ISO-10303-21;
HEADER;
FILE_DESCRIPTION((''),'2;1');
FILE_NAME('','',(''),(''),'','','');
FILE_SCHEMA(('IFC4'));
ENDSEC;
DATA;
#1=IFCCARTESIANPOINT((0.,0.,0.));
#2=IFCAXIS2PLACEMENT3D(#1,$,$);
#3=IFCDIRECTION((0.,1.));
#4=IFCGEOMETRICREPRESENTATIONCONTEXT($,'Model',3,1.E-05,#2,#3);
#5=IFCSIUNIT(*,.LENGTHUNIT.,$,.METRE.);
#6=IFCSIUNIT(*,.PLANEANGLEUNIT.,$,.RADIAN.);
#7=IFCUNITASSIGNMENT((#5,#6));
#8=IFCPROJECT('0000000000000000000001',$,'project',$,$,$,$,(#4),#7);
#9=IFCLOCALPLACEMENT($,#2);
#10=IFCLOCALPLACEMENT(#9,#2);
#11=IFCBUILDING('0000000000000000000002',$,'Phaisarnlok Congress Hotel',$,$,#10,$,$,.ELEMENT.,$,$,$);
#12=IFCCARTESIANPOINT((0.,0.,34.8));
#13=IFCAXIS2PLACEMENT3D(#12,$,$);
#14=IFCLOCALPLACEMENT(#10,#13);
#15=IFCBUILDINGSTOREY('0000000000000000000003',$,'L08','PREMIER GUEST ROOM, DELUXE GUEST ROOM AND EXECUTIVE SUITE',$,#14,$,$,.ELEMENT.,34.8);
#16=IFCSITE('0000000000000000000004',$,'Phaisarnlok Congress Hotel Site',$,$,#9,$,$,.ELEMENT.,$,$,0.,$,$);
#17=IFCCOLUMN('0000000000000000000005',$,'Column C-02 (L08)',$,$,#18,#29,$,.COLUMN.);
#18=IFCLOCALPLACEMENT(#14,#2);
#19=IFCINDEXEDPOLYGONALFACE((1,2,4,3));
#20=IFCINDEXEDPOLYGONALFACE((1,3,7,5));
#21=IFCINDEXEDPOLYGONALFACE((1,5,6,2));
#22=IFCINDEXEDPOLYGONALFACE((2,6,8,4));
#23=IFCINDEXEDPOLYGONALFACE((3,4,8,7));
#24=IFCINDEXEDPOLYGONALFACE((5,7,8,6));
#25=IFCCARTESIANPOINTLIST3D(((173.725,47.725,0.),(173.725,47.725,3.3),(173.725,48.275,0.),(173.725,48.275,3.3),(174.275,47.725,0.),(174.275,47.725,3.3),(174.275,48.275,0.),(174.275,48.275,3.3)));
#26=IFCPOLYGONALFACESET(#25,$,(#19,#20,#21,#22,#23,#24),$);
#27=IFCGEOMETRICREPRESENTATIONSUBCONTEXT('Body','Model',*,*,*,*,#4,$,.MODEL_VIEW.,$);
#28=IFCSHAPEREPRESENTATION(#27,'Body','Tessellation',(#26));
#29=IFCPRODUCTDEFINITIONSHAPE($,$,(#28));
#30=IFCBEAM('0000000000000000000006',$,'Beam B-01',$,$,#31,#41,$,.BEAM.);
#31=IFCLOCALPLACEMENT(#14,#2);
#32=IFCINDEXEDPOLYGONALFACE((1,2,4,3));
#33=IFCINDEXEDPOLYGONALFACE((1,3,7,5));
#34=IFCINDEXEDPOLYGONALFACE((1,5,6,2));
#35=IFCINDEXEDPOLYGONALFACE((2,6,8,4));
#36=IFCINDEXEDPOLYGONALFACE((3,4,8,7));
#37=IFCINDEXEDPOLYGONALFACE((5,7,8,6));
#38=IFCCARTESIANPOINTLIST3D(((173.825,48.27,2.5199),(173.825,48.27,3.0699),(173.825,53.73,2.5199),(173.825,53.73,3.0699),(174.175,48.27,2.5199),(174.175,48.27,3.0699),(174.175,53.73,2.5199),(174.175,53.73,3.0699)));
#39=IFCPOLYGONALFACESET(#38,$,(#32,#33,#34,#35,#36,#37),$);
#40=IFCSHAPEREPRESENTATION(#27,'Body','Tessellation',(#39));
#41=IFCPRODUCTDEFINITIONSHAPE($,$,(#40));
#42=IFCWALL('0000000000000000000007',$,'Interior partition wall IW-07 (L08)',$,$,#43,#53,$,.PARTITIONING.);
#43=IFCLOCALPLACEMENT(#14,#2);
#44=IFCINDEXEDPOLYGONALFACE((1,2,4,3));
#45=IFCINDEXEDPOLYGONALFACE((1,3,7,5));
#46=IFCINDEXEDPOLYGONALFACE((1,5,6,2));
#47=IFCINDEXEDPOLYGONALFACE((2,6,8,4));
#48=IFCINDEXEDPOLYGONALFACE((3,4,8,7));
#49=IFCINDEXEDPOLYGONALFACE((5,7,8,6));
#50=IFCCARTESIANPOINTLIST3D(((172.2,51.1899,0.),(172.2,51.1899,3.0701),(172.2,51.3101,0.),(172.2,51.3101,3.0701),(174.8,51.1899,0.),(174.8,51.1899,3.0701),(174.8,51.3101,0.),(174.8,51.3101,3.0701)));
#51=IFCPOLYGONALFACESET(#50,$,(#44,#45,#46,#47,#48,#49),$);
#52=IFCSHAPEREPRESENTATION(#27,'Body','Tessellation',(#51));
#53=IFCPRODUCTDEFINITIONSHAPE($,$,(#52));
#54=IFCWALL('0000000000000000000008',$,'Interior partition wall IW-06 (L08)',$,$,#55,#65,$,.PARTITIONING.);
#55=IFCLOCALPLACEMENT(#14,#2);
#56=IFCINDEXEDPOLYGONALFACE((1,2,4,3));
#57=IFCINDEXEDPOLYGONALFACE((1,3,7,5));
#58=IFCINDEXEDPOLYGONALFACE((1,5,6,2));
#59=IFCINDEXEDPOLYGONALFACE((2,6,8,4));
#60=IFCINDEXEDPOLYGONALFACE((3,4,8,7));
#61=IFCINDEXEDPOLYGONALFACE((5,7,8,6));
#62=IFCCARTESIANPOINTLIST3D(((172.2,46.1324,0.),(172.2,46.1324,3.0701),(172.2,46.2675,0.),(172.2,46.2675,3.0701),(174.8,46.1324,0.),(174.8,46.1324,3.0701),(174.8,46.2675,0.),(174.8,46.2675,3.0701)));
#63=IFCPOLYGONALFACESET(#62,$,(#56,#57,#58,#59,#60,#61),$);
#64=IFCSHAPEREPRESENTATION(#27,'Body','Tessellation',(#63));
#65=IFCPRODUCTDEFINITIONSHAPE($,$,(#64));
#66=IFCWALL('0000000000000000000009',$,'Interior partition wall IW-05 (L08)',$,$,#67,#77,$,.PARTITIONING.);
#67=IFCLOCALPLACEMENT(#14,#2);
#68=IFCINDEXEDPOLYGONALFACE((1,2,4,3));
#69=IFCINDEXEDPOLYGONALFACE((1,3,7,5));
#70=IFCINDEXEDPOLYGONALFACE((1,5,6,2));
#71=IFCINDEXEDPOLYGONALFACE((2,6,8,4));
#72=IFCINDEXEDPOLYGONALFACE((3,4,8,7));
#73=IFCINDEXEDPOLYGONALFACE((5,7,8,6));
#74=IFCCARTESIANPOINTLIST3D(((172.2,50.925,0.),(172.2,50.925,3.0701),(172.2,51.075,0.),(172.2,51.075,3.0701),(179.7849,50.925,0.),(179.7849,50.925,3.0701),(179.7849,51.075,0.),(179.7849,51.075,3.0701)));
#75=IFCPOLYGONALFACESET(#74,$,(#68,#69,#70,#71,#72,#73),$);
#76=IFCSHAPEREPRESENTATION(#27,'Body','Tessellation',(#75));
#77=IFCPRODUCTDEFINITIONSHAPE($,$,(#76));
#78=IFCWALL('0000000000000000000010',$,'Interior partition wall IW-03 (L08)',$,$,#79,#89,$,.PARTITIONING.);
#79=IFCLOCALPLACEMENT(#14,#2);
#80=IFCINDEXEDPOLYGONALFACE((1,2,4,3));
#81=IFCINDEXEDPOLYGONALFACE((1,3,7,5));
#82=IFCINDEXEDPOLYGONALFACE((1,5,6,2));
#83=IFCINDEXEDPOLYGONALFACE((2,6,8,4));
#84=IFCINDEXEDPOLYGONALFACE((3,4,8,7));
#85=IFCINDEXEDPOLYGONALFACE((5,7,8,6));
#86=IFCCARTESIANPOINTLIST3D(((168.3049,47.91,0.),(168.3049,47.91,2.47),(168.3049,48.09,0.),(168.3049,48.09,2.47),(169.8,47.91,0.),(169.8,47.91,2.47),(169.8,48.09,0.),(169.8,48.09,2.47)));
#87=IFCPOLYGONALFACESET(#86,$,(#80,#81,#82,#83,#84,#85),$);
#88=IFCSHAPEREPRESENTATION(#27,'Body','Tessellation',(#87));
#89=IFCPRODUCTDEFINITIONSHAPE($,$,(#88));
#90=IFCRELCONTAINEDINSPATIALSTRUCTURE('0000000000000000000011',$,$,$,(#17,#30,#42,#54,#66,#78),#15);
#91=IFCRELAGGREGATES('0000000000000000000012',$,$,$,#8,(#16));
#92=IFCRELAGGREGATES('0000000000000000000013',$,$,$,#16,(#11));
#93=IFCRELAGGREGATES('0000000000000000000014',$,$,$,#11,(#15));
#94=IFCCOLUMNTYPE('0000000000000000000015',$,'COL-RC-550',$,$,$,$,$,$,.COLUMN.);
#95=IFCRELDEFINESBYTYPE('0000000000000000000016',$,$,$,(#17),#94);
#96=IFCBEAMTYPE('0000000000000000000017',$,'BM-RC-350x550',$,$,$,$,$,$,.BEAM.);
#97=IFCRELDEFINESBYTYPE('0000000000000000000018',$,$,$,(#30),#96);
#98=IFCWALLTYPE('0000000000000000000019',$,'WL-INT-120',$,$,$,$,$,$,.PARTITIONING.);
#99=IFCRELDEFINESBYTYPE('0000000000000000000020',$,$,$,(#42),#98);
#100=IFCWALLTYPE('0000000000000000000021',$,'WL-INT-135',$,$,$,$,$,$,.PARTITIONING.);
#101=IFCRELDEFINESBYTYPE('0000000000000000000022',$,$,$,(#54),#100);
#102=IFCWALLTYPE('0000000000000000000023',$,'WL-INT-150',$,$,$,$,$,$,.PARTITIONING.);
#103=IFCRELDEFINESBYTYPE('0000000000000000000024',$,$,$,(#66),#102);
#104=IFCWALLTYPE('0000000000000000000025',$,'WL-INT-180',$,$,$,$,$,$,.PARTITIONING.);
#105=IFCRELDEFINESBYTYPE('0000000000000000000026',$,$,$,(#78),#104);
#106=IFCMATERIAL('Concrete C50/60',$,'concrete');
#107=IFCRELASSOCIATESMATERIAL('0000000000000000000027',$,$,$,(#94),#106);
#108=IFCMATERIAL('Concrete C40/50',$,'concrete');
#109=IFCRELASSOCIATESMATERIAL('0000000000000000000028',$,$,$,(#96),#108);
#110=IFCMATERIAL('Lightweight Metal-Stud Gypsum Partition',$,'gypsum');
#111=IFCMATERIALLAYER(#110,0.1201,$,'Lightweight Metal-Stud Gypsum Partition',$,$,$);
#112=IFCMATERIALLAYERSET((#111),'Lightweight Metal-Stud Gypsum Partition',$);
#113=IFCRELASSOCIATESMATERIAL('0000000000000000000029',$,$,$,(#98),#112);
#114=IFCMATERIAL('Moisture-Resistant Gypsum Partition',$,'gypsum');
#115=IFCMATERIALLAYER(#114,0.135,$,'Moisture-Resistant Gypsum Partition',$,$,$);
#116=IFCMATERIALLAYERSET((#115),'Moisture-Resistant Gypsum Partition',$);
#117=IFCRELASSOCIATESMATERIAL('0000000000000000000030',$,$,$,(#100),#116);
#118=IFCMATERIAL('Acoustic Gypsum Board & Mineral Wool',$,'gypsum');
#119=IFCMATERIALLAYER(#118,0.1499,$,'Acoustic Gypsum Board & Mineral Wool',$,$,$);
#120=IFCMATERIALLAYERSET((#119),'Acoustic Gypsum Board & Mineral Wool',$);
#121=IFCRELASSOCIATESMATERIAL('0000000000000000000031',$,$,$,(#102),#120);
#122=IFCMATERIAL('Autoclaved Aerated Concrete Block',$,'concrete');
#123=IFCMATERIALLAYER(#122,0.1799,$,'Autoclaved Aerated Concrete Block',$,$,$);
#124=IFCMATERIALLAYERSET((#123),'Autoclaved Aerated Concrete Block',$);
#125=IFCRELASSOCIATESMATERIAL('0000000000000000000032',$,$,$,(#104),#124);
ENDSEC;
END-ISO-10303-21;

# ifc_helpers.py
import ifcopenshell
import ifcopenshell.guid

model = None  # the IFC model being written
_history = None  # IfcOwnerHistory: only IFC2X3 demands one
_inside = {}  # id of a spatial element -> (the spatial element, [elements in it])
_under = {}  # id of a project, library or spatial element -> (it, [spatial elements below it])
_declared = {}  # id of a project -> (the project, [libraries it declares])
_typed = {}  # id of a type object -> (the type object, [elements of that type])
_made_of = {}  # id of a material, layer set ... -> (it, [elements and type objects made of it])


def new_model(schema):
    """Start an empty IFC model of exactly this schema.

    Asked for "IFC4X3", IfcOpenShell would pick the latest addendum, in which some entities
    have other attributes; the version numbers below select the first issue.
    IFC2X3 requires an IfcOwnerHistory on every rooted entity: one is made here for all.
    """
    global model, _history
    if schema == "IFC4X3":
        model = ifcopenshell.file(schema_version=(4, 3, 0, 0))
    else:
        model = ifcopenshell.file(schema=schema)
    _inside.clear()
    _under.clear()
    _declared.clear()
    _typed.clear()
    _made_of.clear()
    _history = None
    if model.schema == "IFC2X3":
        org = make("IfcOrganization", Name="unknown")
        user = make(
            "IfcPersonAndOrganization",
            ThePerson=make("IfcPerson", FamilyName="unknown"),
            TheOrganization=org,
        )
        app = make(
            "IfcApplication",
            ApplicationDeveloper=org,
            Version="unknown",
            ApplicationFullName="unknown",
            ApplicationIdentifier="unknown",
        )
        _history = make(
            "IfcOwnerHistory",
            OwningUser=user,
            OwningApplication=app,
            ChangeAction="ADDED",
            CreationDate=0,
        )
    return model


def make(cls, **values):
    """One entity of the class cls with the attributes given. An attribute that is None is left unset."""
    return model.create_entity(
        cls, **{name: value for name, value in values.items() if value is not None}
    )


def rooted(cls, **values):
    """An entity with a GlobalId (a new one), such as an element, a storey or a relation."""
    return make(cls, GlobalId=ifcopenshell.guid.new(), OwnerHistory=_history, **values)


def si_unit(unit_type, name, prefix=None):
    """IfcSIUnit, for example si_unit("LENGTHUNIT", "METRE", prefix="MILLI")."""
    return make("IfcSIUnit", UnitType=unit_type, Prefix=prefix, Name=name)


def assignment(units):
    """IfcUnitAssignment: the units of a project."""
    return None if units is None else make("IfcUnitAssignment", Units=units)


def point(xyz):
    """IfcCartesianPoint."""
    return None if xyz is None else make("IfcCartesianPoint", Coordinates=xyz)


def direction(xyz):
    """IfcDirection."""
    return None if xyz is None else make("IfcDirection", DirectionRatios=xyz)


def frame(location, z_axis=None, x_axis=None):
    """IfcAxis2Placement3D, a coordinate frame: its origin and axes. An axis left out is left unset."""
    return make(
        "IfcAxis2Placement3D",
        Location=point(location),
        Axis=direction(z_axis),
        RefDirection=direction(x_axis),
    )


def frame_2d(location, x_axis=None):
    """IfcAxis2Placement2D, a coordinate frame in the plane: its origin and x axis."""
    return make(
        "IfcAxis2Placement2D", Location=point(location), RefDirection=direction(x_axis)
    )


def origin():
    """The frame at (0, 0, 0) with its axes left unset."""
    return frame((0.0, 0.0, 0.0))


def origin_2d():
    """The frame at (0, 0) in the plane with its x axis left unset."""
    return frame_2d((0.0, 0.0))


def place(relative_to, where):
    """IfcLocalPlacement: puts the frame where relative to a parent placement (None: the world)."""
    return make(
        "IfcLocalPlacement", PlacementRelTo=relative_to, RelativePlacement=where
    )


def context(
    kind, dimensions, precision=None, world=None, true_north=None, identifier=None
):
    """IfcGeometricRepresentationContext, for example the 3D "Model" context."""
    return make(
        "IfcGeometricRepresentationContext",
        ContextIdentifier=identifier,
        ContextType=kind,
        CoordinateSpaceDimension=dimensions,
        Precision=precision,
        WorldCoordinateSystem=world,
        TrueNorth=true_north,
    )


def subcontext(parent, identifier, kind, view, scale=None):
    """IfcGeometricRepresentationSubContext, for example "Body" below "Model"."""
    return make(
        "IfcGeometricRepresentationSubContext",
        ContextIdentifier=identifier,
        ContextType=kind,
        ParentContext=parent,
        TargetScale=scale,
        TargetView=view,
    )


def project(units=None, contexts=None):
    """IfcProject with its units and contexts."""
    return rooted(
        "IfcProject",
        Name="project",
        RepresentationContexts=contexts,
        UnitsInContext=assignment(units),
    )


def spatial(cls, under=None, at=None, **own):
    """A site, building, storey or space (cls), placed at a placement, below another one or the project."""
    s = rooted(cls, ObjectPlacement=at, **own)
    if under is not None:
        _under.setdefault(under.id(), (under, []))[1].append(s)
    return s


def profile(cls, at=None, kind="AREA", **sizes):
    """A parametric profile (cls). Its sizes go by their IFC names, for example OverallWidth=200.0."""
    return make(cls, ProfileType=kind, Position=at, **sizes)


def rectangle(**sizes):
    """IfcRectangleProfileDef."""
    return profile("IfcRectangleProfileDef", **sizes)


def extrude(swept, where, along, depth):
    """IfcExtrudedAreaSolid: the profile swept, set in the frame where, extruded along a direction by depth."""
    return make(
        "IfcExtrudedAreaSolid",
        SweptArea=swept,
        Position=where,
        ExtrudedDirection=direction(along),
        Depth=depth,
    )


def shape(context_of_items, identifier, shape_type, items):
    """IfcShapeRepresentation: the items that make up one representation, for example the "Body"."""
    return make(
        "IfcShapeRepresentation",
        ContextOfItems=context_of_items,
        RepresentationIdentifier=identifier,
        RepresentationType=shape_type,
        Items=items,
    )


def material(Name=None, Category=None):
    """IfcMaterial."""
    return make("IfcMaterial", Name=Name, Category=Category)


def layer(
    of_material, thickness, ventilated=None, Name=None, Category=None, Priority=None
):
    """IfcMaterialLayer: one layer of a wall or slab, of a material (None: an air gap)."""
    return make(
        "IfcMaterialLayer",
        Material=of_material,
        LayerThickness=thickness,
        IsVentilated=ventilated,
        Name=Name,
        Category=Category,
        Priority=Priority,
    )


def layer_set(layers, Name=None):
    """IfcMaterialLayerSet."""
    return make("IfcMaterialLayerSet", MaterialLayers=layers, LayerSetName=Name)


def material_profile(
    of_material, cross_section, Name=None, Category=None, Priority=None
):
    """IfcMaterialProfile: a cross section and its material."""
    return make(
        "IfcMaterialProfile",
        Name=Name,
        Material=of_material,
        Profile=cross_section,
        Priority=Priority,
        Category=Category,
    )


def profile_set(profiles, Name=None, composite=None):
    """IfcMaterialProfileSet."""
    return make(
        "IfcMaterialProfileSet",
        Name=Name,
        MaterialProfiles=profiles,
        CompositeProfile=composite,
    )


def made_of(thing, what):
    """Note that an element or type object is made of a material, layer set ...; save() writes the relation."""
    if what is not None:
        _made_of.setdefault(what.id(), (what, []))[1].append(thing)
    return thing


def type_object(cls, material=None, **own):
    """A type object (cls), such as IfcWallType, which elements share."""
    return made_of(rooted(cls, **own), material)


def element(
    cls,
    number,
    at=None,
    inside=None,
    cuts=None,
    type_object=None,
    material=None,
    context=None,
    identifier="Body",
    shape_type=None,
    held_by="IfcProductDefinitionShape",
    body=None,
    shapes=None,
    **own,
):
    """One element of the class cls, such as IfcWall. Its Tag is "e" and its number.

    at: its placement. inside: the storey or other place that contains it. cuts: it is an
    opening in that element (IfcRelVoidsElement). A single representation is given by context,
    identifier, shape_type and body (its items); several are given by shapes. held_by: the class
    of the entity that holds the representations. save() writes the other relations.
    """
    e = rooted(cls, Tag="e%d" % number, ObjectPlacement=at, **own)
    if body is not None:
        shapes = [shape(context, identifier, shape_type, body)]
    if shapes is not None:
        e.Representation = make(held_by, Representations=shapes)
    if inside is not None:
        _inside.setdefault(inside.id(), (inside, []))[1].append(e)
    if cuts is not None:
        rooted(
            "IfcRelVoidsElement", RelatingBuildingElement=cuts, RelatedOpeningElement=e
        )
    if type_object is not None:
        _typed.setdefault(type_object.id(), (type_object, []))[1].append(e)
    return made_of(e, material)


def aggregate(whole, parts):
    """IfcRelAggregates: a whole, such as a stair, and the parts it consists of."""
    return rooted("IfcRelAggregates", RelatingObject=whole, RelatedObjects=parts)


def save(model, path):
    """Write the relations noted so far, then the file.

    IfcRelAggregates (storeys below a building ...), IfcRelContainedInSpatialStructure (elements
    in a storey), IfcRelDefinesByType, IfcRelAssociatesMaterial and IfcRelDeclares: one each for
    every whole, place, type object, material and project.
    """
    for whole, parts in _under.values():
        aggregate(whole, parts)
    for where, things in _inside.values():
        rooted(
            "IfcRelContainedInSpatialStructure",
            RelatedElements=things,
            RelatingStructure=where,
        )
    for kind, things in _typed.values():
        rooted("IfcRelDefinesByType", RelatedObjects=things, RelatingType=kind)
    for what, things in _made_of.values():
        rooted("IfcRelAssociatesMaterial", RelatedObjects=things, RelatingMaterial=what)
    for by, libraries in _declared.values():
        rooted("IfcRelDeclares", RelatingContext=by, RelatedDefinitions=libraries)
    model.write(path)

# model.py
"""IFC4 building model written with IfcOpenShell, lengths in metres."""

from ifc_helpers import new_model, si_unit, direction, frame, frame_2d, origin, origin_2d, place, context, subcontext, project, spatial, rectangle, extrude, material, layer, layer_set, material_profile, profile_set, type_object, element, save


model = new_model("IFC4")

# Units and contexts
model_context = context("Model", 3, precision=1e-05, world=origin(), true_north=direction((0.0, 1.0)))
body_context = subcontext(model_context, "Body", "Model", "MODEL_VIEW")
ifc_project = project(units=[si_unit("LENGTHUNIT", "METRE"), si_unit("PLANEANGLEUNIT", "RADIAN")], contexts=[model_context])

# Site, building, storey
site_placement = place(None, origin())
site = spatial("IfcSite", under=ifc_project, at=site_placement, Name="Phaisarnlok Congress Hotel Site", CompositionType="ELEMENT", RefElevation=0.0)
building_placement = place(site_placement, origin())
building = spatial("IfcBuilding", under=site, at=building_placement, Name="Phaisarnlok Congress Hotel", CompositionType="ELEMENT")
storey_placement = place(building_placement, frame((0.0, 0.0, 34.8)))
storey = spatial("IfcBuildingStorey", under=building, at=storey_placement, Name="L08", Description="PREMIER GUEST ROOM, DELUXE GUEST ROOM AND EXECUTIVE SUITE", CompositionType="ELEMENT", Elevation=34.8)

# Column
ifc_material_1 = material(Name="Concrete C50/60", Category="concrete")
ifc_material_profile_1 = material_profile(ifc_material_1, rectangle(XDim=0.55, YDim=0.55, at=origin_2d()), Name="RC 550x550")
ifc_profile_set_1 = profile_set([ifc_material_profile_1], Name="Concrete C50/60")
column_type = type_object("IfcColumnType", Name="COL-RC-550", PredefinedType="COLUMN", material=ifc_profile_set_1)
column_placement = place(storey_placement, frame((174.0, 48.0, 0.0), z_axis=(0.0, 0.0, 1.0), x_axis=(1.0, 0.0, 0.0)))
element("IfcColumn", 1, at=column_placement, inside=storey, type_object=column_type, Name="Column C-02 (L08)", PredefinedType="COLUMN", context=body_context, shape_type="SweptSolid", body=[
    extrude(rectangle(XDim=0.55, YDim=0.55, at=origin_2d()), origin(), (0.0, 0.0, 1.0), 3.3),
])

# Beam
ifc_material_2 = material(Name="Concrete C40/50", Category="concrete")
ifc_material_profile_2 = material_profile(ifc_material_2, rectangle(XDim=0.3501, YDim=0.55, at=origin_2d()), Name="RC 350x550")
ifc_profile_set_2 = profile_set([ifc_material_profile_2], Name="Concrete C40/50")
beam_type = type_object("IfcBeamType", Name="BM-RC-350x550", PredefinedType="BEAM", material=ifc_profile_set_2)
beam_placement = place(storey_placement, frame((174.0, 48.27, 2.7949), z_axis=(0.0, 1.0, 0.0), x_axis=(-1.0, 0.0, 0.0)))
element("IfcBeam", 2, at=beam_placement, inside=storey, type_object=beam_type, Name="Beam B-01", PredefinedType="BEAM", context=body_context, shape_type="SweptSolid", body=[
    extrude(rectangle(XDim=0.3501, YDim=0.55, at=origin_2d()), origin(), (0.0, 0.0, 1.0), 5.46),
])

# Walls
ifc_material_3 = material(Name="Lightweight Metal-Stud Gypsum Partition", Category="gypsum")
ifc_layer_1 = layer(ifc_material_3, 0.1201, Name="Lightweight Metal-Stud Gypsum Partition")
ifc_layer_set_1 = layer_set([ifc_layer_1], Name="Lightweight Metal-Stud Gypsum Partition")
wall_type_1 = type_object("IfcWallType", Name="WL-INT-120", PredefinedType="PARTITIONING", material=ifc_layer_set_1)
wall_1_placement = place(storey_placement, frame((172.2, 51.25, 0.0), z_axis=(0.0, 0.0, 1.0), x_axis=(1.0, 0.0, 0.0)))
element("IfcWall", 3, at=wall_1_placement, inside=storey, type_object=wall_type_1, Name="Interior partition wall IW-07 (L08)", PredefinedType="PARTITIONING", context=body_context, shape_type="SweptSolid", body=[
    extrude(rectangle(XDim=2.6001, YDim=0.1201, at=frame_2d((1.3, 0.0))), origin(), (0.0, 0.0, 1.0), 3.0701),
])
ifc_material_4 = material(Name="Moisture-Resistant Gypsum Partition", Category="gypsum")
ifc_layer_2 = layer(ifc_material_4, 0.135, Name="Moisture-Resistant Gypsum Partition")
ifc_layer_set_2 = layer_set([ifc_layer_2], Name="Moisture-Resistant Gypsum Partition")
wall_type_2 = type_object("IfcWallType", Name="WL-INT-135", PredefinedType="PARTITIONING", material=ifc_layer_set_2)
wall_2_placement = place(storey_placement, frame((172.2, 46.2, 0.0), z_axis=(0.0, 0.0, 1.0), x_axis=(1.0, 0.0, 0.0)))
element("IfcWall", 4, at=wall_2_placement, inside=storey, type_object=wall_type_2, Name="Interior partition wall IW-06 (L08)", PredefinedType="PARTITIONING", context=body_context, shape_type="SweptSolid", body=[
    extrude(rectangle(XDim=2.6001, YDim=0.135, at=frame_2d((1.3, 0.0))), origin(), (0.0, 0.0, 1.0), 3.0701),
])
ifc_material_5 = material(Name="Acoustic Gypsum Board & Mineral Wool", Category="gypsum")
ifc_layer_3 = layer(ifc_material_5, 0.1499, Name="Acoustic Gypsum Board & Mineral Wool")
ifc_layer_set_3 = layer_set([ifc_layer_3], Name="Acoustic Gypsum Board & Mineral Wool")
wall_type_3 = type_object("IfcWallType", Name="WL-INT-150", PredefinedType="PARTITIONING", material=ifc_layer_set_3)
wall_3_placement = place(storey_placement, frame((172.2, 51.0, 0.0), z_axis=(0.0, 0.0, 1.0), x_axis=(1.0, 0.0, 0.0)))
element("IfcWall", 5, at=wall_3_placement, inside=storey, type_object=wall_type_3, Name="Interior partition wall IW-05 (L08)", PredefinedType="PARTITIONING", context=body_context, shape_type="SweptSolid", body=[
    extrude(rectangle(XDim=7.585, YDim=0.1499, at=frame_2d((3.7925, 0.0))), origin(), (0.0, 0.0, 1.0), 3.0701),
])
ifc_material_6 = material(Name="Autoclaved Aerated Concrete Block", Category="concrete")
ifc_layer_4 = layer(ifc_material_6, 0.1799, Name="Autoclaved Aerated Concrete Block")
ifc_layer_set_4 = layer_set([ifc_layer_4], Name="Autoclaved Aerated Concrete Block")
wall_type_4 = type_object("IfcWallType", Name="WL-INT-180", PredefinedType="PARTITIONING", material=ifc_layer_set_4)
wall_4_placement = place(storey_placement, frame((168.3049, 48.0, 0.0), z_axis=(0.0, 0.0, 1.0), x_axis=(1.0, 0.0, 0.0)))
element("IfcWall", 6, at=wall_4_placement, inside=storey, type_object=wall_type_4, Name="Interior partition wall IW-03 (L08)", PredefinedType="PARTITIONING", context=body_context, shape_type="SweptSolid", body=[
    extrude(rectangle(XDim=1.4951, YDim=0.1799, at=frame_2d((0.7476, 0.0))), origin(), (0.0, 0.0, 1.0), 2.47),
])

save(model, "model.ifc")
